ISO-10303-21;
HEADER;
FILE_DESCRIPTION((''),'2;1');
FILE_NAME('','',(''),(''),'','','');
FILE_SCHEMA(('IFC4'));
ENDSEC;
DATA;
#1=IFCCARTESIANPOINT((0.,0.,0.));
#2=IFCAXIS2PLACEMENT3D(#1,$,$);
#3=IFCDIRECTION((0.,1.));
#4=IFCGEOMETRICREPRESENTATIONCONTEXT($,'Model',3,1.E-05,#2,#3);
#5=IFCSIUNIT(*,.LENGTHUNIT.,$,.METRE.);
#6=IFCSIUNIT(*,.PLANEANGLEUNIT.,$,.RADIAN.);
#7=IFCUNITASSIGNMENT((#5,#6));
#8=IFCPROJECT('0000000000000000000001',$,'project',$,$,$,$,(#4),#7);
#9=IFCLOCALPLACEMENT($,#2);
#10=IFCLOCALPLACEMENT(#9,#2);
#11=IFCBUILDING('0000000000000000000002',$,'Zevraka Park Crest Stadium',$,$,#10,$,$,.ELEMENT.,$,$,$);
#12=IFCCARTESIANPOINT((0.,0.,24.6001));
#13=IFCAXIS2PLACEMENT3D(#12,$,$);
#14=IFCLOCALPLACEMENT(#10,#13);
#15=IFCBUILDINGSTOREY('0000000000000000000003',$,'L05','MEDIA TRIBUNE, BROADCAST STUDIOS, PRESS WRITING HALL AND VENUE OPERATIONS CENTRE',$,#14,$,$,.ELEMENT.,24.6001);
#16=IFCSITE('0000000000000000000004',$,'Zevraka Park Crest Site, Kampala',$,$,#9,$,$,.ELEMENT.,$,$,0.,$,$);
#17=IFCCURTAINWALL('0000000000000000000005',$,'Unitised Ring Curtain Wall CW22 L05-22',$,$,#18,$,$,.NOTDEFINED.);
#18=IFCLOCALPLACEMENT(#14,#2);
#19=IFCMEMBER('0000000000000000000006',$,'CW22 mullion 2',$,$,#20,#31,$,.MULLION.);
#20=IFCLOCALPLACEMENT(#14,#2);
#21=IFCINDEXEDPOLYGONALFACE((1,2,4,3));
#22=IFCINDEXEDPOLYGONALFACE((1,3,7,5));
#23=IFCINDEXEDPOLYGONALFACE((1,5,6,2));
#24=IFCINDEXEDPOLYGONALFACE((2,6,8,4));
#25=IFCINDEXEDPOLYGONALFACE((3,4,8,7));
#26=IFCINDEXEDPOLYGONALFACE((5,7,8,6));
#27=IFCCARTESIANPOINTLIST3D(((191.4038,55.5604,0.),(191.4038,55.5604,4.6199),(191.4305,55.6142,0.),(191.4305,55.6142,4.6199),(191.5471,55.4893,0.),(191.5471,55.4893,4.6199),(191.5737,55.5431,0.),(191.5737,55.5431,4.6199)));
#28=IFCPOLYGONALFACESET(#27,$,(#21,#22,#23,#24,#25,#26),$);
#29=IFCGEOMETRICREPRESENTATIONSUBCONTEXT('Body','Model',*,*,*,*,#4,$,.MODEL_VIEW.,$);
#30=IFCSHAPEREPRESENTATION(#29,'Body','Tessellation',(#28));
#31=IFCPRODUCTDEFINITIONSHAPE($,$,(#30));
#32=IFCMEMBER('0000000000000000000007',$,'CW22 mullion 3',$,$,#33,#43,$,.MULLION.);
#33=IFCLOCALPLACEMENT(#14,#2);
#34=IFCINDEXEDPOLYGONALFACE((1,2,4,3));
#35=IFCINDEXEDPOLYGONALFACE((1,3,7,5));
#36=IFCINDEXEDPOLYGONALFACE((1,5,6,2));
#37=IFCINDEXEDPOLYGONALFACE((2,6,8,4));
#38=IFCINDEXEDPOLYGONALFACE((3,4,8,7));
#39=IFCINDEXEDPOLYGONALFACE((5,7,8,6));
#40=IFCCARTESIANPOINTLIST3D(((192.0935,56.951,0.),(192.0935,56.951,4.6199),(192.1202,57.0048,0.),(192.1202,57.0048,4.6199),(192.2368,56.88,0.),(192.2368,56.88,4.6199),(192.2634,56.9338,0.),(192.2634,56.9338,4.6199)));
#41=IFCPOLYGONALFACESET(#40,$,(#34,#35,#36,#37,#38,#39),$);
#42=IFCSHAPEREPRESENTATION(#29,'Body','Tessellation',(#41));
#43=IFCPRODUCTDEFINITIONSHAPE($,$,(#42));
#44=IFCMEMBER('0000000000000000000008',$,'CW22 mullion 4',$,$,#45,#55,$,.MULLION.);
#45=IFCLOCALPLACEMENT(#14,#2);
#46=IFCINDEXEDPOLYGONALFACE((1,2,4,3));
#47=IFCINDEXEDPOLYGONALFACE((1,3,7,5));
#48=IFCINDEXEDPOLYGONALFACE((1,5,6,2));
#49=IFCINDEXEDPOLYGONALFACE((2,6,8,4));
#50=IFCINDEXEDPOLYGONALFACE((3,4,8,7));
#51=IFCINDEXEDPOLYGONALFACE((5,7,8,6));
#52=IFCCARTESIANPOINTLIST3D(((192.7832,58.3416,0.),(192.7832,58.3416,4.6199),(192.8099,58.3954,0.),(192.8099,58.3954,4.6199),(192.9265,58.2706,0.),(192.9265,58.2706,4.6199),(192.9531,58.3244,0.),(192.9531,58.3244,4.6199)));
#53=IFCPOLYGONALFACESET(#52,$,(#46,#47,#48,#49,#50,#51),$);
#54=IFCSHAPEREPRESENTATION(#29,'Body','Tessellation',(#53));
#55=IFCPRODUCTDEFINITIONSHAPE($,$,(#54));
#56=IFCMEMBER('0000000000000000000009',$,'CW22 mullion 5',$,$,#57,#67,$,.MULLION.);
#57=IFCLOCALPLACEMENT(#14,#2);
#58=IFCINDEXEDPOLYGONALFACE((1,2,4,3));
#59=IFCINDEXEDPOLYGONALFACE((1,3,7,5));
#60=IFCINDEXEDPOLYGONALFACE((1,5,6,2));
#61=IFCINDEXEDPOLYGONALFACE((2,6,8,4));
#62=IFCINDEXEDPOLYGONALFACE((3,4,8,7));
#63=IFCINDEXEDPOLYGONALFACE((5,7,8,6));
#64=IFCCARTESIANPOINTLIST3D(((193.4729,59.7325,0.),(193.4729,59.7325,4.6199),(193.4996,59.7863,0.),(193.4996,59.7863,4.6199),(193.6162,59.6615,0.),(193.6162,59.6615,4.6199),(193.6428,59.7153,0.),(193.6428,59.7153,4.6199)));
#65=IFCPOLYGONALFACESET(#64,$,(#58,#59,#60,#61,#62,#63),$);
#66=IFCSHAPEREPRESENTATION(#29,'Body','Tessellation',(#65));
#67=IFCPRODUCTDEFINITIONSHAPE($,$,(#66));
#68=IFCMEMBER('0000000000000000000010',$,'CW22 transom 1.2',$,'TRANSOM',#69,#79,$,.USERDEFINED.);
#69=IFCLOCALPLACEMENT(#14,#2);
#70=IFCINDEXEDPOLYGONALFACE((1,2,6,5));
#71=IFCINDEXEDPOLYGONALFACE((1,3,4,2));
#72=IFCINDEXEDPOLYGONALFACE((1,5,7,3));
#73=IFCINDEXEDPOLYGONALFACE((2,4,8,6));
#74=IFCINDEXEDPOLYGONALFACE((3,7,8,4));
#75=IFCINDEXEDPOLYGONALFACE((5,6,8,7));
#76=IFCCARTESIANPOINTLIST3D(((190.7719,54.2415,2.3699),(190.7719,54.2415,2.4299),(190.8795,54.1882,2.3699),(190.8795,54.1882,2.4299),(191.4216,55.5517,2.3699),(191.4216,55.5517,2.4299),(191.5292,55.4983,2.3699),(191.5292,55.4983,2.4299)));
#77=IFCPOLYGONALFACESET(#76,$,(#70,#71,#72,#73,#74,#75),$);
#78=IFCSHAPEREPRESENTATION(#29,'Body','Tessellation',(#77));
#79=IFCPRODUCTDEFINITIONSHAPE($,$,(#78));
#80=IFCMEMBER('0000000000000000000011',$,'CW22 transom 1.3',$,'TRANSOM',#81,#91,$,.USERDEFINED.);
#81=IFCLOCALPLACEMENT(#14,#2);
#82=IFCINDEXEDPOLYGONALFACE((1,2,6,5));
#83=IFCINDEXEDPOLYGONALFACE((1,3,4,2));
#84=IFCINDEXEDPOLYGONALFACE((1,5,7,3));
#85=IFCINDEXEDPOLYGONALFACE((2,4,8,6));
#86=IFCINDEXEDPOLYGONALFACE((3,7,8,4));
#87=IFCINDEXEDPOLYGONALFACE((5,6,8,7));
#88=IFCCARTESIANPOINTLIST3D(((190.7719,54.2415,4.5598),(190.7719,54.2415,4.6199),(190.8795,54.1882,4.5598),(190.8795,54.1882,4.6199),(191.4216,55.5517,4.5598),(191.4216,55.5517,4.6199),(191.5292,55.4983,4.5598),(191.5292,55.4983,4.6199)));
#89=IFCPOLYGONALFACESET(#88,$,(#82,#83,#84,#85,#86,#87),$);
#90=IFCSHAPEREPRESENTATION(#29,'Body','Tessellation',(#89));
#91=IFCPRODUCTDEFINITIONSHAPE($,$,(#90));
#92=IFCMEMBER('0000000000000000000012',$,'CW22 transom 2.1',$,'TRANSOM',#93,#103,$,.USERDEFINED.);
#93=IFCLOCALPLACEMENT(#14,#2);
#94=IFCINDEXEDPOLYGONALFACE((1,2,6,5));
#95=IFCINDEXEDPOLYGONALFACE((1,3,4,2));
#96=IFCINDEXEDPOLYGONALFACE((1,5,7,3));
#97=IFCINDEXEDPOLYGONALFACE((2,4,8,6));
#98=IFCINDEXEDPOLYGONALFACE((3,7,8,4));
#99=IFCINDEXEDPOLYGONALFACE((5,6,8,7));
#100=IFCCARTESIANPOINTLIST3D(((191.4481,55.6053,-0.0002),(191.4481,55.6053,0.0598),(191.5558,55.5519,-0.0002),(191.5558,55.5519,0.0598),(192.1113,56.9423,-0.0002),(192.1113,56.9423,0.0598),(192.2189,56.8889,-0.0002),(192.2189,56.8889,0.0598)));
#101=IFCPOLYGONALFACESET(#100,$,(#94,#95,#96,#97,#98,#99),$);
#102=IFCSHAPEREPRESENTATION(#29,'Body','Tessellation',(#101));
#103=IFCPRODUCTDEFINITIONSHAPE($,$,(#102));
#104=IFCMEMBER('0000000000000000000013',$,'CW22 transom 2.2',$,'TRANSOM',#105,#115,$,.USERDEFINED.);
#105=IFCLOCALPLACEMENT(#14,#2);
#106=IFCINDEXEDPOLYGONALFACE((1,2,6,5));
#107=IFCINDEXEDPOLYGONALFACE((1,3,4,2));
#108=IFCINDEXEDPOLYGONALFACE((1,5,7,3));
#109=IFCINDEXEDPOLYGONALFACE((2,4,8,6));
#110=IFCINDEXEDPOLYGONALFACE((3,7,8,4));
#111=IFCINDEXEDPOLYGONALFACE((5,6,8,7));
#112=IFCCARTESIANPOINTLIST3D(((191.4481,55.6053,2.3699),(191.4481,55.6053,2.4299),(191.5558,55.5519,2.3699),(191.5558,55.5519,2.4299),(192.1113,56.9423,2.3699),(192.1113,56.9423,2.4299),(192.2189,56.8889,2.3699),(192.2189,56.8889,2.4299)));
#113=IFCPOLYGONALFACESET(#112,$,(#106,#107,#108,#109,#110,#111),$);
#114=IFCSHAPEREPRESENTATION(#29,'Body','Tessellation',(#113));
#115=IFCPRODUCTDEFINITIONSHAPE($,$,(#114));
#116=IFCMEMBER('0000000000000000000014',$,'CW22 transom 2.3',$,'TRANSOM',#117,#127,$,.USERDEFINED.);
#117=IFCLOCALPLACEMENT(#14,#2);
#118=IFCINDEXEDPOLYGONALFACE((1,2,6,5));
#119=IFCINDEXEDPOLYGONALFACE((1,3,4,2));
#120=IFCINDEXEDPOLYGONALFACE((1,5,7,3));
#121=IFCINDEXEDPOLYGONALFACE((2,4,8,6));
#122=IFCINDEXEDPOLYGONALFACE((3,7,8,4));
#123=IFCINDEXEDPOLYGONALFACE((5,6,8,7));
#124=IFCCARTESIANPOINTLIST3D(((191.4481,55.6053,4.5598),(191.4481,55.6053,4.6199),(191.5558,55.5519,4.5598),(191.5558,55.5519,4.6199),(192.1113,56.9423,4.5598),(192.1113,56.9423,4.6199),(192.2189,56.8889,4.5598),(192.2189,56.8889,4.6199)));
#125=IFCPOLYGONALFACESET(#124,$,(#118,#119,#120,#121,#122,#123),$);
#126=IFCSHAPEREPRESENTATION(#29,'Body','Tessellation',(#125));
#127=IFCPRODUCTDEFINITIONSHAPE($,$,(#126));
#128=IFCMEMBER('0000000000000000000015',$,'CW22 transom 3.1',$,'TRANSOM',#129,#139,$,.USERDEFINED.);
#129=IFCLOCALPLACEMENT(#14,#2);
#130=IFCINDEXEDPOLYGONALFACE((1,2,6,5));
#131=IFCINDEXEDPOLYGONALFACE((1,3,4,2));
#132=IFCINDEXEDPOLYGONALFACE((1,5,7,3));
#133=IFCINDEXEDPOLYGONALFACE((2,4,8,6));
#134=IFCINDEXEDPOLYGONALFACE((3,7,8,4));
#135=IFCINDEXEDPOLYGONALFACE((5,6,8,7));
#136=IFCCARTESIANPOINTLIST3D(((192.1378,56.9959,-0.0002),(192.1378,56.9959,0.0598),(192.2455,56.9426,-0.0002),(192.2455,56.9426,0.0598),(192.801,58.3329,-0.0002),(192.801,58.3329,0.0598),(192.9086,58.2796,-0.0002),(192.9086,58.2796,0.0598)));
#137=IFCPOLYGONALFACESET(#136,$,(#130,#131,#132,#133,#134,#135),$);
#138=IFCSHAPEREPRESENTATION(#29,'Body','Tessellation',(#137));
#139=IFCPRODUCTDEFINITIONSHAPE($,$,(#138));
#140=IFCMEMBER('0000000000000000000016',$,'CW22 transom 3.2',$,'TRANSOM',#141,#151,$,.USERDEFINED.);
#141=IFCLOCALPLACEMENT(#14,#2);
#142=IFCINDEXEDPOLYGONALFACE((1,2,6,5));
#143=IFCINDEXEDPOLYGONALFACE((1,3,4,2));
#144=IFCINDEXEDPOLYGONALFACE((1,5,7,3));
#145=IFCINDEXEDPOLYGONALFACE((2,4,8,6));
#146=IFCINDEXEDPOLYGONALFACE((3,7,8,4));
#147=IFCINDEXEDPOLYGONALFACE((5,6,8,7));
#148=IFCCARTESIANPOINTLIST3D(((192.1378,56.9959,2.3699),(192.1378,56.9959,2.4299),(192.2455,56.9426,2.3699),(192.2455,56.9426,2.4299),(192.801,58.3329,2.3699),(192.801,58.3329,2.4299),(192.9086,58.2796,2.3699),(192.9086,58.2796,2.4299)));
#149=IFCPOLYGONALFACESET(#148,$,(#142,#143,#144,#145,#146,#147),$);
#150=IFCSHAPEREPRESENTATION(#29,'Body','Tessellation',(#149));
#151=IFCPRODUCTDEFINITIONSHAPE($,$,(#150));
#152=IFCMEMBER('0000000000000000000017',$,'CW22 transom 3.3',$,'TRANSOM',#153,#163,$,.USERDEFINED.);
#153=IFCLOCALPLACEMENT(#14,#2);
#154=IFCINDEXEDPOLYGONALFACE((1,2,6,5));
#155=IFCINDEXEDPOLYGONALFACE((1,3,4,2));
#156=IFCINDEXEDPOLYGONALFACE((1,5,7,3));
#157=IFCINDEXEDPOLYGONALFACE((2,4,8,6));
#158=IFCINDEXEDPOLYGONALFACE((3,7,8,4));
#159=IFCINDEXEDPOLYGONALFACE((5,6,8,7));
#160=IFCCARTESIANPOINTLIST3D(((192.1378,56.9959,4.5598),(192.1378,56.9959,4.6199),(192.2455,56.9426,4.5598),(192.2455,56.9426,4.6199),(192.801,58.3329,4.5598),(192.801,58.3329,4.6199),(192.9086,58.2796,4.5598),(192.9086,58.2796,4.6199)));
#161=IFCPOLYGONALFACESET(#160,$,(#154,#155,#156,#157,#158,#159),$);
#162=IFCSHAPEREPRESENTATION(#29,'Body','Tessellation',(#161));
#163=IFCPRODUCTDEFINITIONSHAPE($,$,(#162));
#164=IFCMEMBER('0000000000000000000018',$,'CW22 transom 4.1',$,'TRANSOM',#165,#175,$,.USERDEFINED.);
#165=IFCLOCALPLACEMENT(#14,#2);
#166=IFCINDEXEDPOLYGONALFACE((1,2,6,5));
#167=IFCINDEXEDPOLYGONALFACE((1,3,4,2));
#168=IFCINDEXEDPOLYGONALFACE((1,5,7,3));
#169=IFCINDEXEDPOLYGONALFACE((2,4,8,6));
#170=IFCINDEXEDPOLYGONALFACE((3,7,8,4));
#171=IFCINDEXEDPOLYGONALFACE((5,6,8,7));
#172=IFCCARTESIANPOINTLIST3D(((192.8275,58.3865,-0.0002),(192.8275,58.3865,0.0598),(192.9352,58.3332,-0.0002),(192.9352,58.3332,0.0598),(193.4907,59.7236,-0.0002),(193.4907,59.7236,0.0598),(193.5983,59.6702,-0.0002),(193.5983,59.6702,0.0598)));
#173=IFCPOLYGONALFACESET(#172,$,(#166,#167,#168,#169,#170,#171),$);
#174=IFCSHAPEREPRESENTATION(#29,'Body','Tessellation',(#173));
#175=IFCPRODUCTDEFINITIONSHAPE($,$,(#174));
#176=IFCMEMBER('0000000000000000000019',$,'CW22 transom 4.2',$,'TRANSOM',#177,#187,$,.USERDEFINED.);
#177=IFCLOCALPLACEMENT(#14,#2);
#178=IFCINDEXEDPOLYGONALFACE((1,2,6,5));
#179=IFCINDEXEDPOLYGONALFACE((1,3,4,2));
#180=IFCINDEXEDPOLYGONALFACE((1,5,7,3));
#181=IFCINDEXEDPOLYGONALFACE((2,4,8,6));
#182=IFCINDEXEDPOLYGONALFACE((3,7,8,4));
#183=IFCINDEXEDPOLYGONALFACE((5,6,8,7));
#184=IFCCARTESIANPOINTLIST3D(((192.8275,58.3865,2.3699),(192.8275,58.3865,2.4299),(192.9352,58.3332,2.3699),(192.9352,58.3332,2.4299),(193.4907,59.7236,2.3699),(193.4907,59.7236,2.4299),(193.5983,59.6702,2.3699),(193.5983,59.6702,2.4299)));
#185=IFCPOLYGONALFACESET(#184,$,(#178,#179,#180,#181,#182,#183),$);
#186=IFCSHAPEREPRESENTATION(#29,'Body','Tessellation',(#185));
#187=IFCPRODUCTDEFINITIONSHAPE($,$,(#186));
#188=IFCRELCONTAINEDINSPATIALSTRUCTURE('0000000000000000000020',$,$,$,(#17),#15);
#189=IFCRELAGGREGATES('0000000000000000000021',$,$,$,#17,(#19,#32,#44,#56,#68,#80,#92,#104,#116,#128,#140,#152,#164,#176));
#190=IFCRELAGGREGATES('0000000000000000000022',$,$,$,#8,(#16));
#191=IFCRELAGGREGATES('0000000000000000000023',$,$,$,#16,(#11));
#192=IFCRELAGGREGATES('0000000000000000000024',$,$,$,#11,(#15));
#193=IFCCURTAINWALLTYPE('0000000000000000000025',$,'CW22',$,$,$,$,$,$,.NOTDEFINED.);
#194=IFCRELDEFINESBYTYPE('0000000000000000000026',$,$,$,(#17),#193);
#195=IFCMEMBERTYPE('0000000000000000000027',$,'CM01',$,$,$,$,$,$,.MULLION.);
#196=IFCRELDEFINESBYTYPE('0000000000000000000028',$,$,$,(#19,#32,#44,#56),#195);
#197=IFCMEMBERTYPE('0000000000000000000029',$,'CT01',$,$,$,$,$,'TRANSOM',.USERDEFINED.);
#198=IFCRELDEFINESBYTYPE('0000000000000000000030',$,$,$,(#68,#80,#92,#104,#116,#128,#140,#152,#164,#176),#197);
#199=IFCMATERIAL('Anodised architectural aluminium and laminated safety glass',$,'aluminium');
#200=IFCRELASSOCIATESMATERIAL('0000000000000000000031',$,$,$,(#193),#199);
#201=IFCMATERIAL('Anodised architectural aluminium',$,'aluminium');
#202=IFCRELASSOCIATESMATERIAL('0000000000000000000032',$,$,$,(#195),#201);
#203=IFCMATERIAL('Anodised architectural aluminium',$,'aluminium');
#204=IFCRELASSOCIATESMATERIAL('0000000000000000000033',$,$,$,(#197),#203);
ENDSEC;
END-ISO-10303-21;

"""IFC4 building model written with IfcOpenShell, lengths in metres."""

from ifc_helpers import new_model, si_unit, direction, frame, origin, origin_2d, place, context, subcontext, project, spatial, rectangle, extrude, material, material_profile, profile_set, type_object, element, aggregate, save


model = new_model("IFC4")

# Units and contexts
model_context = context("Model", 3, precision=1e-05, world=origin(), true_north=direction((0.0, 1.0)))
body_context = subcontext(model_context, "Body", "Model", "MODEL_VIEW")
ifc_project = project(units=[si_unit("LENGTHUNIT", "METRE"), si_unit("PLANEANGLEUNIT", "RADIAN")], contexts=[model_context])

# Site, building, storey
site_placement = place(None, origin())
site = spatial("IfcSite", under=ifc_project, at=site_placement, Name="Zevraka Park Crest Site, Kampala", CompositionType="ELEMENT", RefElevation=0.0)
building_placement = place(site_placement, origin())
building = spatial("IfcBuilding", under=site, at=building_placement, Name="Zevraka Park Crest Stadium", CompositionType="ELEMENT")
storey_placement = place(building_placement, frame((0.0, 0.0, 24.6001)))
storey = spatial("IfcBuildingStorey", under=building, at=storey_placement, Name="L05", Description="MEDIA TRIBUNE, BROADCAST STUDIOS, PRESS WRITING HALL AND VENUE OPERATIONS CENTRE", CompositionType="ELEMENT", Elevation=24.6001)

# Curtain wall, members
ifc_material_1 = material(Name="Anodised architectural aluminium and laminated safety glass", Category="aluminium")
curtain_wall_type = type_object("IfcCurtainWallType", Name="CW22", PredefinedType="NOTDEFINED", material=ifc_material_1)
curtain_wall_placement = place(storey_placement, origin())
curtain_wall = element("IfcCurtainWall", 1, at=curtain_wall_placement, inside=storey, type_object=curtain_wall_type, Name="Unitised Ring Curtain Wall CW22 L05-22", PredefinedType="NOTDEFINED")
ifc_material_2 = material(Name="Anodised architectural aluminium", Category="aluminium")
ifc_material_profile_1 = material_profile(ifc_material_2, rectangle(XDim=0.1599, YDim=0.0601, at=origin_2d()), Name="ALU MULLION 160x60")
ifc_profile_set_1 = profile_set([ifc_material_profile_1], Name="Anodised architectural aluminium")
member_type_1 = type_object("IfcMemberType", Name="CM01", PredefinedType="MULLION", material=ifc_profile_set_1)
member_1_placement = place(storey_placement, frame((191.4888, 55.5518, 0.0), z_axis=(0.0, 0.0, 1.0), x_axis=(-0.895879, 0.444297, 0.0)))
member_1 = element("IfcMember", 2, at=member_1_placement, type_object=member_type_1, Name="CW22 mullion 2", PredefinedType="MULLION", context=body_context, shape_type="SweptSolid", body=[
    extrude(rectangle(XDim=0.1599, YDim=0.0601, at=origin_2d()), origin(), (0.0, 0.0, 1.0), 4.6199),
])
member_2_placement = place(storey_placement, frame((192.1785, 56.9424, 0.0), z_axis=(0.0, 0.0, 1.0), x_axis=(-0.895879, 0.444297, 0.0)))
member_2 = element("IfcMember", 3, at=member_2_placement, type_object=member_type_1, Name="CW22 mullion 3", PredefinedType="MULLION", context=body_context, shape_type="SweptSolid", body=[
    extrude(rectangle(XDim=0.1599, YDim=0.0601, at=origin_2d()), origin(), (0.0, 0.0, 1.0), 4.6199),
])
member_3_placement = place(storey_placement, frame((192.8682, 58.333, 0.0), z_axis=(0.0, 0.0, 1.0), x_axis=(-0.895879, 0.444297, 0.0)))
member_3 = element("IfcMember", 4, at=member_3_placement, type_object=member_type_1, Name="CW22 mullion 4", PredefinedType="MULLION", context=body_context, shape_type="SweptSolid", body=[
    extrude(rectangle(XDim=0.1599, YDim=0.0601, at=origin_2d()), origin(), (0.0, 0.0, 1.0), 4.6199),
])
member_4_placement = place(storey_placement, frame((193.5579, 59.7239, 0.0), z_axis=(0.0, 0.0, 1.0), x_axis=(-0.895879, 0.444297, 0.0)))
member_4 = element("IfcMember", 5, at=member_4_placement, type_object=member_type_1, Name="CW22 mullion 5", PredefinedType="MULLION", context=body_context, shape_type="SweptSolid", body=[
    extrude(rectangle(XDim=0.1599, YDim=0.0601, at=origin_2d()), origin(), (0.0, 0.0, 1.0), 4.6199),
])
ifc_material_3 = material(Name="Anodised architectural aluminium", Category="aluminium")
ifc_material_profile_2 = material_profile(ifc_material_3, rectangle(XDim=0.1201, YDim=0.0601, at=origin_2d()), Name="ALU TRANSOM 120x60")
ifc_profile_set_2 = profile_set([ifc_material_profile_2], Name="Anodised architectural aluminium")
member_type_2 = type_object("IfcMemberType", Name="CT01", ElementType="TRANSOM", PredefinedType="USERDEFINED", material=ifc_profile_set_2)
member_5_placement = place(storey_placement, frame((190.8257, 54.2148, 2.3999), z_axis=(0.444273, 0.895892, 0.0), x_axis=(-0.895892, 0.444273, 0.0)))
member_5 = element("IfcMember", 6, at=member_5_placement, type_object=member_type_2, Name="CW22 transom 1.2", ObjectType="TRANSOM", PredefinedType="USERDEFINED", context=body_context, shape_type="SweptSolid", body=[
    extrude(rectangle(XDim=0.1201, YDim=0.0601, at=origin_2d()), origin(), (0.0, 0.0, 1.0), 1.4624),
])
member_6_placement = place(storey_placement, frame((190.8257, 54.2148, 4.5898), z_axis=(0.444273, 0.895892, 0.0), x_axis=(-0.895892, 0.444273, 0.0)))
member_6 = element("IfcMember", 7, at=member_6_placement, type_object=member_type_2, Name="CW22 transom 1.3", ObjectType="TRANSOM", PredefinedType="USERDEFINED", context=body_context, shape_type="SweptSolid", body=[
    extrude(rectangle(XDim=0.1201, YDim=0.0601, at=origin_2d()), origin(), (0.0, 0.0, 1.0), 1.4624),
])
member_7_placement = place(storey_placement, frame((191.502, 55.5786, 0.0298), z_axis=(0.444332, 0.895862, 0.0), x_axis=(-0.895862, 0.444332, 0.0)))
member_7 = element("IfcMember", 8, at=member_7_placement, type_object=member_type_2, Name="CW22 transom 2.1", ObjectType="TRANSOM", PredefinedType="USERDEFINED", context=body_context, shape_type="SweptSolid", body=[
    extrude(rectangle(XDim=0.1201, YDim=0.0601, at=origin_2d()), origin(), (0.0, 0.0, 1.0), 1.4924),
])
member_8_placement = place(storey_placement, frame((191.502, 55.5786, 2.3999), z_axis=(0.444332, 0.895862, 0.0), x_axis=(-0.895862, 0.444332, 0.0)))
member_8 = element("IfcMember", 9, at=member_8_placement, type_object=member_type_2, Name="CW22 transom 2.2", ObjectType="TRANSOM", PredefinedType="USERDEFINED", context=body_context, shape_type="SweptSolid", body=[
    extrude(rectangle(XDim=0.1201, YDim=0.0601, at=origin_2d()), origin(), (0.0, 0.0, 1.0), 1.4924),
])
member_9_placement = place(storey_placement, frame((191.502, 55.5786, 4.5898), z_axis=(0.444332, 0.895862, 0.0), x_axis=(-0.895862, 0.444332, 0.0)))
member_9 = element("IfcMember", 10, at=member_9_placement, type_object=member_type_2, Name="CW22 transom 2.3", ObjectType="TRANSOM", PredefinedType="USERDEFINED", context=body_context, shape_type="SweptSolid", body=[
    extrude(rectangle(XDim=0.1201, YDim=0.0601, at=origin_2d()), origin(), (0.0, 0.0, 1.0), 1.4924),
])
member_10_placement = place(storey_placement, frame((192.1917, 56.9692, 0.0298), z_axis=(0.444332, 0.895862, 0.0), x_axis=(-0.895862, 0.444332, 0.0)))
member_10 = element("IfcMember", 11, at=member_10_placement, type_object=member_type_2, Name="CW22 transom 3.1", ObjectType="TRANSOM", PredefinedType="USERDEFINED", context=body_context, shape_type="SweptSolid", body=[
    extrude(rectangle(XDim=0.1201, YDim=0.0601, at=origin_2d()), origin(), (0.0, 0.0, 1.0), 1.4924),
])
member_11_placement = place(storey_placement, frame((192.1917, 56.9692, 2.3999), z_axis=(0.444332, 0.895862, 0.0), x_axis=(-0.895862, 0.444332, 0.0)))
member_11 = element("IfcMember", 12, at=member_11_placement, type_object=member_type_2, Name="CW22 transom 3.2", ObjectType="TRANSOM", PredefinedType="USERDEFINED", context=body_context, shape_type="SweptSolid", body=[
    extrude(rectangle(XDim=0.1201, YDim=0.0601, at=origin_2d()), origin(), (0.0, 0.0, 1.0), 1.4924),
])
member_12_placement = place(storey_placement, frame((192.1917, 56.9692, 4.5898), z_axis=(0.444332, 0.895862, 0.0), x_axis=(-0.895862, 0.444332, 0.0)))
member_12 = element("IfcMember", 13, at=member_12_placement, type_object=member_type_2, Name="CW22 transom 3.3", ObjectType="TRANSOM", PredefinedType="USERDEFINED", context=body_context, shape_type="SweptSolid", body=[
    extrude(rectangle(XDim=0.1201, YDim=0.0601, at=origin_2d()), origin(), (0.0, 0.0, 1.0), 1.4924),
])
member_13_placement = place(storey_placement, frame((192.8813, 58.3599, 0.0298), z_axis=(0.444332, 0.895862, 0.0), x_axis=(-0.895862, 0.444332, 0.0)))
member_13 = element("IfcMember", 14, at=member_13_placement, type_object=member_type_2, Name="CW22 transom 4.1", ObjectType="TRANSOM", PredefinedType="USERDEFINED", context=body_context, shape_type="SweptSolid", body=[
    extrude(rectangle(XDim=0.1201, YDim=0.0601, at=origin_2d()), origin(), (0.0, 0.0, 1.0), 1.4924),
])
member_14_placement = place(storey_placement, frame((192.8813, 58.3599, 2.3999), z_axis=(0.444332, 0.895862, 0.0), x_axis=(-0.895862, 0.444332, 0.0)))
member_14 = element("IfcMember", 15, at=member_14_placement, type_object=member_type_2, Name="CW22 transom 4.2", ObjectType="TRANSOM", PredefinedType="USERDEFINED", context=body_context, shape_type="SweptSolid", body=[
    extrude(rectangle(XDim=0.1201, YDim=0.0601, at=origin_2d()), origin(), (0.0, 0.0, 1.0), 1.4924),
])
aggregate(curtain_wall, [member_1, member_2, member_3, member_4, member_5, member_6, member_7, member_8, member_9, member_10, member_11, member_12, member_13, member_14])

save(model, "model.ifc")
